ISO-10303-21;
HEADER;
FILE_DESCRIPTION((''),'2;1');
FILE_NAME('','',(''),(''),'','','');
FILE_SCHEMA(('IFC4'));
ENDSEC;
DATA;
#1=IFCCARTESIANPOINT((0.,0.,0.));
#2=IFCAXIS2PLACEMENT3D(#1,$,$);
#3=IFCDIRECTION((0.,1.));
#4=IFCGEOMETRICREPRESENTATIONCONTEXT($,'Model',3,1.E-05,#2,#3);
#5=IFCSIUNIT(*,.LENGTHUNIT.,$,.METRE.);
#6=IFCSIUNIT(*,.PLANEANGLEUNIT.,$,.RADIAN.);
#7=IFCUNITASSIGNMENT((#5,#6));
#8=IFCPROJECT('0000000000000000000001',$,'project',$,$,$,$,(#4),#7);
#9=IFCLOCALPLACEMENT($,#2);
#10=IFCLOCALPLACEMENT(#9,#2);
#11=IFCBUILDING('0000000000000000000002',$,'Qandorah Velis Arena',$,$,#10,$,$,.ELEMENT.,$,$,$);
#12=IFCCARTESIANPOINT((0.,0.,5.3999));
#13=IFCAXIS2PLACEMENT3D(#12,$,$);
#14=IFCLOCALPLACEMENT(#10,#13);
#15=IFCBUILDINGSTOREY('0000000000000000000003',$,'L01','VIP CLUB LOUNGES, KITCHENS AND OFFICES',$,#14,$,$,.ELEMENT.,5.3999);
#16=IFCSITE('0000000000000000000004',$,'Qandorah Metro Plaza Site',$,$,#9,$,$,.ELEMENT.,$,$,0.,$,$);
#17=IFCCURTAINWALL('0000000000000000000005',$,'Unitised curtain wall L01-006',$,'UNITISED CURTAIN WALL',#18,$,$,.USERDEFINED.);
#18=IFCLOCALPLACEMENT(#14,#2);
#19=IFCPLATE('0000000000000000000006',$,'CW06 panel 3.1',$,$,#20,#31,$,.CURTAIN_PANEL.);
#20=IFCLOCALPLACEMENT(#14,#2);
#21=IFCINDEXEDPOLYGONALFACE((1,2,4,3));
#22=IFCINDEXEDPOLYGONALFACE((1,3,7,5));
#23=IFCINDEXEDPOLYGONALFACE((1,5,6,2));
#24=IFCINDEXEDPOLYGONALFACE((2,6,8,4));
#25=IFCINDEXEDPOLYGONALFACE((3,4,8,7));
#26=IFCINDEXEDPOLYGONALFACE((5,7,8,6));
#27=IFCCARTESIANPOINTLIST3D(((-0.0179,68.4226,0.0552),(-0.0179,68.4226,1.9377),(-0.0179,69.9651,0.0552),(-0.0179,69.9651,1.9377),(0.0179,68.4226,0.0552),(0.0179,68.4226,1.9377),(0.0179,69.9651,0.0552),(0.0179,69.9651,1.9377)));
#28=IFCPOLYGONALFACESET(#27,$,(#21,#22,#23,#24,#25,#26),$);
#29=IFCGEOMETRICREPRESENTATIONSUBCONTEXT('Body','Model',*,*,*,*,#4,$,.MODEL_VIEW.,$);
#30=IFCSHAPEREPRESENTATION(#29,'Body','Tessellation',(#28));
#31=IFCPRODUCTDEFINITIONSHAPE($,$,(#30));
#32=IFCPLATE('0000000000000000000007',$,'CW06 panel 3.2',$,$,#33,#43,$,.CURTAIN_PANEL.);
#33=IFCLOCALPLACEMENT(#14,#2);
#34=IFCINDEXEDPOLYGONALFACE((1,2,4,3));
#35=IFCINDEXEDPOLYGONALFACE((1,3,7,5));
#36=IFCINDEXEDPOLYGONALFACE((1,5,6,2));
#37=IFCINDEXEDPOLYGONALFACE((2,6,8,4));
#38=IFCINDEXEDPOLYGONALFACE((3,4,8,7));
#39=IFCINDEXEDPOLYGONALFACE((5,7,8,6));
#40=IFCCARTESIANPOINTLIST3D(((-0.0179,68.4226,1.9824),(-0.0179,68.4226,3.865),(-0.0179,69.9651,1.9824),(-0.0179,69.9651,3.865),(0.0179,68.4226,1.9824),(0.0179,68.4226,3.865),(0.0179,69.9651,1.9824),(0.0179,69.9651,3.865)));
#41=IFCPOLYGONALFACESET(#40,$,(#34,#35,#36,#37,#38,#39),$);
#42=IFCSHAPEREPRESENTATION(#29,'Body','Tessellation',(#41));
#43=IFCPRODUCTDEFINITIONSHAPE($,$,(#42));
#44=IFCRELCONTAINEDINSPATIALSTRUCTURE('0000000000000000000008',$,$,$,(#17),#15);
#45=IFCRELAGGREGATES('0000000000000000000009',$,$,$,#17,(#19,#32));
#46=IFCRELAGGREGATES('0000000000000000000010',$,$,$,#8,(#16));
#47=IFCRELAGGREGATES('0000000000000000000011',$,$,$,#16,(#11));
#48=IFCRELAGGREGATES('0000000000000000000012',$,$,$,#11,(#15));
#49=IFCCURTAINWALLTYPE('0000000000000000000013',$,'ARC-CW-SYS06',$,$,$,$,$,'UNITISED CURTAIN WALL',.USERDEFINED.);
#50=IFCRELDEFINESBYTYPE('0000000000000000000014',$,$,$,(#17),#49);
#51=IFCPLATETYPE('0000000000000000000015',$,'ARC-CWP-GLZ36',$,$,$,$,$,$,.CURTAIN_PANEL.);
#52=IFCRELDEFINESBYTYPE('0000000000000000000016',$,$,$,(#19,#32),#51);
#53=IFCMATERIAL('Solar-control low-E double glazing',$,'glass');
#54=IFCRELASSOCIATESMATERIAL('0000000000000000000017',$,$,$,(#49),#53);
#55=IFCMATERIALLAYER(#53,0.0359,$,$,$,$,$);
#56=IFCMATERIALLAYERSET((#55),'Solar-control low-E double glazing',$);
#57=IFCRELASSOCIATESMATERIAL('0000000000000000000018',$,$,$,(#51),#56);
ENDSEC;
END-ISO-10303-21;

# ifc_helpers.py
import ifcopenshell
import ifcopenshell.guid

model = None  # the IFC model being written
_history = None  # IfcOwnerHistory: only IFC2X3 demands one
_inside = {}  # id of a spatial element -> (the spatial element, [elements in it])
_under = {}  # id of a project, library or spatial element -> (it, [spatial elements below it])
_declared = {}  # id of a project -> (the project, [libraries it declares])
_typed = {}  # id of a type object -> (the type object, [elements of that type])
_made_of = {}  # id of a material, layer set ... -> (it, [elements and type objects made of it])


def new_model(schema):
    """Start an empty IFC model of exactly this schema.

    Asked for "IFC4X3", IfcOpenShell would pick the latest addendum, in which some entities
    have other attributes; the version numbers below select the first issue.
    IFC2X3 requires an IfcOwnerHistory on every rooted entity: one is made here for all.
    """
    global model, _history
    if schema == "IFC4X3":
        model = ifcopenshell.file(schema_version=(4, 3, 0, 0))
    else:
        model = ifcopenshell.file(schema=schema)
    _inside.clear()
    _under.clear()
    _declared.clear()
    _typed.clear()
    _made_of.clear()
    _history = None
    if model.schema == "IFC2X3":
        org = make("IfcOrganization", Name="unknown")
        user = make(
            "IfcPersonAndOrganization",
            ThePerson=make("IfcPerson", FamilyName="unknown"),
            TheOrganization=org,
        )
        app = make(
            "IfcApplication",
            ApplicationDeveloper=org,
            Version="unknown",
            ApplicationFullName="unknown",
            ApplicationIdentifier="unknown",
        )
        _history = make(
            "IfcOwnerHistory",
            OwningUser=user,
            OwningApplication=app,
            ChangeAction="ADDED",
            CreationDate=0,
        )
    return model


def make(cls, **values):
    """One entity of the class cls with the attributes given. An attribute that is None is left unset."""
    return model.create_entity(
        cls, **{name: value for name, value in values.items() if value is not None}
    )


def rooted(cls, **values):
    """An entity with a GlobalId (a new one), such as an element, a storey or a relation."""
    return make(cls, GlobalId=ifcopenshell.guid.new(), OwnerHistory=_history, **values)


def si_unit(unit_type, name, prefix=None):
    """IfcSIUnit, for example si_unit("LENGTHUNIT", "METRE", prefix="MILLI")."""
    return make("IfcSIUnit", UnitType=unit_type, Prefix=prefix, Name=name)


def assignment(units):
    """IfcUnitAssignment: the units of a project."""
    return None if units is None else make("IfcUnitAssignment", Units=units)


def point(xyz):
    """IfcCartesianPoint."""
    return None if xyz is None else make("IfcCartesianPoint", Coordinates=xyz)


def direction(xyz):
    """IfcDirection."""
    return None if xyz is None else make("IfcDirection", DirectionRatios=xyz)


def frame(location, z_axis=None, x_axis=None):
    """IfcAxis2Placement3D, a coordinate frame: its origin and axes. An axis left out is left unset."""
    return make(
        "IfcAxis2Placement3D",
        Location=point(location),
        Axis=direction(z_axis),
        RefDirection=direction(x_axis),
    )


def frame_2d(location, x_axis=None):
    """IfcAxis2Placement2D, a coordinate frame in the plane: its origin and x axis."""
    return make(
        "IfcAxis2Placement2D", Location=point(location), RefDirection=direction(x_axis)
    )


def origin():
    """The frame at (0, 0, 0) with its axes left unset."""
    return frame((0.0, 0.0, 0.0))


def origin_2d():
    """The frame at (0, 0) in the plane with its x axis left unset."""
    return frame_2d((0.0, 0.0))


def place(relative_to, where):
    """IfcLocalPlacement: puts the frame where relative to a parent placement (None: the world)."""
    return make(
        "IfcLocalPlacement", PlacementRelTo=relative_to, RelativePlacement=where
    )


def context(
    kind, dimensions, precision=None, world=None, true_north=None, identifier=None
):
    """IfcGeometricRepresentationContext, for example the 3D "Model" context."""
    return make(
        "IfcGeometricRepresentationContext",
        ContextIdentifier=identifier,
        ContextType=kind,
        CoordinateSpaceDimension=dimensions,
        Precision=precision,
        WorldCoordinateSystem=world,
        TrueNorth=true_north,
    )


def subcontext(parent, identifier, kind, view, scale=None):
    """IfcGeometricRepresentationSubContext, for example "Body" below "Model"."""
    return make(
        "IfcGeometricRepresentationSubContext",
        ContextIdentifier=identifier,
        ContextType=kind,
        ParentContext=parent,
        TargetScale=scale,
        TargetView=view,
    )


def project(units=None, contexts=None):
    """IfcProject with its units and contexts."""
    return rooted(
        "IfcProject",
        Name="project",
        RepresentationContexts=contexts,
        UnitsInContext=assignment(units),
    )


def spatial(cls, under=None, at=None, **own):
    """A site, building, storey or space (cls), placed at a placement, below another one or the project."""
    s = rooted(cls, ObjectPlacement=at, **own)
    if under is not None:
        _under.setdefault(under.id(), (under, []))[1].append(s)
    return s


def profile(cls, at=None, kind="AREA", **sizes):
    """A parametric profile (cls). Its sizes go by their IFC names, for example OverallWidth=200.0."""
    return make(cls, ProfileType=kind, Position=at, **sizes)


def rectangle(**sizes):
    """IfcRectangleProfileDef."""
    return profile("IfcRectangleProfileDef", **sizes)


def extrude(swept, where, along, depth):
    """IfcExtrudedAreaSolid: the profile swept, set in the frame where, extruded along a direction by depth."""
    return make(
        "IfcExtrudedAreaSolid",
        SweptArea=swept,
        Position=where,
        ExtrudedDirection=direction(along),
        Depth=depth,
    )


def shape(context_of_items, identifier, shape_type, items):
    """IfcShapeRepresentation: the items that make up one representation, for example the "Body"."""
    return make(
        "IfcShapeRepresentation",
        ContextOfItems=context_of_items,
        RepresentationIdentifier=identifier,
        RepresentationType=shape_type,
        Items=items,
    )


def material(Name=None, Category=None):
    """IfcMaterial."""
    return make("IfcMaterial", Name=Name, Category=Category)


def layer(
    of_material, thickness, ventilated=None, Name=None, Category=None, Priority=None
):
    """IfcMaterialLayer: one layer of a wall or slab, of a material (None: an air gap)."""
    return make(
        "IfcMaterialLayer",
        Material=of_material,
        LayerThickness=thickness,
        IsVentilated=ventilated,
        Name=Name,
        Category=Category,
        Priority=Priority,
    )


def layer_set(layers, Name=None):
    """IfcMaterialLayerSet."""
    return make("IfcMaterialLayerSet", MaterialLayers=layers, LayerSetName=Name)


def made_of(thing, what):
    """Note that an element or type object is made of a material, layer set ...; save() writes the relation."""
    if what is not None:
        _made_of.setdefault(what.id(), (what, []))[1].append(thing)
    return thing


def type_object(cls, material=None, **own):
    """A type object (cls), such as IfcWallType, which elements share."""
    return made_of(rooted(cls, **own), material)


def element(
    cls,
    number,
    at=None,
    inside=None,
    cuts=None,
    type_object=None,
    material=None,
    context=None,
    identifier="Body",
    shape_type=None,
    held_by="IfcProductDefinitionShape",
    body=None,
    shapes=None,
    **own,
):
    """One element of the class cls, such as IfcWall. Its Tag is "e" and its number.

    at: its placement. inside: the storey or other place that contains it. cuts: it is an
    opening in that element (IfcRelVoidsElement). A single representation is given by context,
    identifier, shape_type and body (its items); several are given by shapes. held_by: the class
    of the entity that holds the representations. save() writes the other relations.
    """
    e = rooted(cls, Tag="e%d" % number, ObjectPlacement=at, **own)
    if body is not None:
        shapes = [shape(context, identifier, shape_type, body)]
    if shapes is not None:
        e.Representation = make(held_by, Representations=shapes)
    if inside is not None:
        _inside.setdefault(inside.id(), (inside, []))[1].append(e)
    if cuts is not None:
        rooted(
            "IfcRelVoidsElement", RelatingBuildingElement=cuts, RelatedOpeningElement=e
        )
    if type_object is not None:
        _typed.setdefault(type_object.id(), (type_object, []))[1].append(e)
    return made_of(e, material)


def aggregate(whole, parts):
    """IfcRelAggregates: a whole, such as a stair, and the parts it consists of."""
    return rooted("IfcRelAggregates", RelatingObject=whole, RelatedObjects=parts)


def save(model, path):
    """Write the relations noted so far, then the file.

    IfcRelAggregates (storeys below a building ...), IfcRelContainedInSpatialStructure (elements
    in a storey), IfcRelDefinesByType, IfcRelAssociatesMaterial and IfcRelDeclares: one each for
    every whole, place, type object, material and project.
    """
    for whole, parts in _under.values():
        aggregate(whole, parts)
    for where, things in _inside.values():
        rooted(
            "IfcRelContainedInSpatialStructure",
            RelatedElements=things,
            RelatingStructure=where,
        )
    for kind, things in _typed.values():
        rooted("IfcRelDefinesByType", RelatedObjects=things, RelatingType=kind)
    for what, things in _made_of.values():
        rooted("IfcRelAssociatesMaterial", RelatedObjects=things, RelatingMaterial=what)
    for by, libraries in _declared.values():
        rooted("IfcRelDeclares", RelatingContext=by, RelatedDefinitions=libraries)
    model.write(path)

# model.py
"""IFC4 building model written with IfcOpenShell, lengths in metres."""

from ifc_helpers import new_model, si_unit, direction, frame, origin, origin_2d, place, context, subcontext, project, spatial, rectangle, extrude, material, layer, layer_set, type_object, element, aggregate, save


model = new_model("IFC4")

# Units and contexts
model_context = context("Model", 3, precision=1e-05, world=origin(), true_north=direction((0.0, 1.0)))
body_context = subcontext(model_context, "Body", "Model", "MODEL_VIEW")
ifc_project = project(units=[si_unit("LENGTHUNIT", "METRE"), si_unit("PLANEANGLEUNIT", "RADIAN")], contexts=[model_context])

# Site, building, storey
site_placement = place(None, origin())
site = spatial("IfcSite", under=ifc_project, at=site_placement, Name="Qandorah Metro Plaza Site", CompositionType="ELEMENT", RefElevation=0.0)
building_placement = place(site_placement, origin())
building = spatial("IfcBuilding", under=site, at=building_placement, Name="Qandorah Velis Arena", CompositionType="ELEMENT")
storey_placement = place(building_placement, frame((0.0, 0.0, 5.3999)))
storey = spatial("IfcBuildingStorey", under=building, at=storey_placement, Name="L01", Description="VIP CLUB LOUNGES, KITCHENS AND OFFICES", CompositionType="ELEMENT", Elevation=5.3999)

# Curtain wall
ifc_material_1 = material(Name="Solar-control low-E double glazing", Category="glass")
curtain_wall_type = type_object("IfcCurtainWallType", Name="ARC-CW-SYS06", ElementType="UNITISED CURTAIN WALL", PredefinedType="USERDEFINED", material=ifc_material_1)
curtain_wall_placement = place(storey_placement, origin())
curtain_wall = element("IfcCurtainWall", 1, at=curtain_wall_placement, inside=storey, type_object=curtain_wall_type, Name="Unitised curtain wall L01-006", ObjectType="UNITISED CURTAIN WALL", PredefinedType="USERDEFINED")

# Plates
ifc_layer = layer(ifc_material_1, 0.0359)
ifc_layer_set = layer_set([ifc_layer], Name="Solar-control low-E double glazing")
plate_type = type_object("IfcPlateType", Name="ARC-CWP-GLZ36", PredefinedType="CURTAIN_PANEL", material=ifc_layer_set)
plate_1_placement = place(storey_placement, frame((0.0, 69.1938, 0.0552), z_axis=(0.0, 0.0, 1.0), x_axis=(0.0, 1.0, 0.0)))
plate_1 = element("IfcPlate", 2, at=plate_1_placement, type_object=plate_type, Name="CW06 panel 3.1", PredefinedType="CURTAIN_PANEL", context=body_context, shape_type="SweptSolid", body=[
    extrude(rectangle(XDim=1.5425, YDim=0.0359, at=origin_2d()), origin(), (0.0, 0.0, 1.0), 1.8826),
])
plate_2_placement = place(storey_placement, frame((0.0, 69.1938, 1.9824), z_axis=(0.0, 0.0, 1.0), x_axis=(0.0, 1.0, 0.0)))
plate_2 = element("IfcPlate", 3, at=plate_2_placement, type_object=plate_type, Name="CW06 panel 3.2", PredefinedType="CURTAIN_PANEL", context=body_context, shape_type="SweptSolid", body=[
    extrude(rectangle(XDim=1.5425, YDim=0.0359, at=origin_2d()), origin(), (0.0, 0.0, 1.0), 1.8826),
])
aggregate(curtain_wall, [plate_1, plate_2])

save(model, "model.ifc")
